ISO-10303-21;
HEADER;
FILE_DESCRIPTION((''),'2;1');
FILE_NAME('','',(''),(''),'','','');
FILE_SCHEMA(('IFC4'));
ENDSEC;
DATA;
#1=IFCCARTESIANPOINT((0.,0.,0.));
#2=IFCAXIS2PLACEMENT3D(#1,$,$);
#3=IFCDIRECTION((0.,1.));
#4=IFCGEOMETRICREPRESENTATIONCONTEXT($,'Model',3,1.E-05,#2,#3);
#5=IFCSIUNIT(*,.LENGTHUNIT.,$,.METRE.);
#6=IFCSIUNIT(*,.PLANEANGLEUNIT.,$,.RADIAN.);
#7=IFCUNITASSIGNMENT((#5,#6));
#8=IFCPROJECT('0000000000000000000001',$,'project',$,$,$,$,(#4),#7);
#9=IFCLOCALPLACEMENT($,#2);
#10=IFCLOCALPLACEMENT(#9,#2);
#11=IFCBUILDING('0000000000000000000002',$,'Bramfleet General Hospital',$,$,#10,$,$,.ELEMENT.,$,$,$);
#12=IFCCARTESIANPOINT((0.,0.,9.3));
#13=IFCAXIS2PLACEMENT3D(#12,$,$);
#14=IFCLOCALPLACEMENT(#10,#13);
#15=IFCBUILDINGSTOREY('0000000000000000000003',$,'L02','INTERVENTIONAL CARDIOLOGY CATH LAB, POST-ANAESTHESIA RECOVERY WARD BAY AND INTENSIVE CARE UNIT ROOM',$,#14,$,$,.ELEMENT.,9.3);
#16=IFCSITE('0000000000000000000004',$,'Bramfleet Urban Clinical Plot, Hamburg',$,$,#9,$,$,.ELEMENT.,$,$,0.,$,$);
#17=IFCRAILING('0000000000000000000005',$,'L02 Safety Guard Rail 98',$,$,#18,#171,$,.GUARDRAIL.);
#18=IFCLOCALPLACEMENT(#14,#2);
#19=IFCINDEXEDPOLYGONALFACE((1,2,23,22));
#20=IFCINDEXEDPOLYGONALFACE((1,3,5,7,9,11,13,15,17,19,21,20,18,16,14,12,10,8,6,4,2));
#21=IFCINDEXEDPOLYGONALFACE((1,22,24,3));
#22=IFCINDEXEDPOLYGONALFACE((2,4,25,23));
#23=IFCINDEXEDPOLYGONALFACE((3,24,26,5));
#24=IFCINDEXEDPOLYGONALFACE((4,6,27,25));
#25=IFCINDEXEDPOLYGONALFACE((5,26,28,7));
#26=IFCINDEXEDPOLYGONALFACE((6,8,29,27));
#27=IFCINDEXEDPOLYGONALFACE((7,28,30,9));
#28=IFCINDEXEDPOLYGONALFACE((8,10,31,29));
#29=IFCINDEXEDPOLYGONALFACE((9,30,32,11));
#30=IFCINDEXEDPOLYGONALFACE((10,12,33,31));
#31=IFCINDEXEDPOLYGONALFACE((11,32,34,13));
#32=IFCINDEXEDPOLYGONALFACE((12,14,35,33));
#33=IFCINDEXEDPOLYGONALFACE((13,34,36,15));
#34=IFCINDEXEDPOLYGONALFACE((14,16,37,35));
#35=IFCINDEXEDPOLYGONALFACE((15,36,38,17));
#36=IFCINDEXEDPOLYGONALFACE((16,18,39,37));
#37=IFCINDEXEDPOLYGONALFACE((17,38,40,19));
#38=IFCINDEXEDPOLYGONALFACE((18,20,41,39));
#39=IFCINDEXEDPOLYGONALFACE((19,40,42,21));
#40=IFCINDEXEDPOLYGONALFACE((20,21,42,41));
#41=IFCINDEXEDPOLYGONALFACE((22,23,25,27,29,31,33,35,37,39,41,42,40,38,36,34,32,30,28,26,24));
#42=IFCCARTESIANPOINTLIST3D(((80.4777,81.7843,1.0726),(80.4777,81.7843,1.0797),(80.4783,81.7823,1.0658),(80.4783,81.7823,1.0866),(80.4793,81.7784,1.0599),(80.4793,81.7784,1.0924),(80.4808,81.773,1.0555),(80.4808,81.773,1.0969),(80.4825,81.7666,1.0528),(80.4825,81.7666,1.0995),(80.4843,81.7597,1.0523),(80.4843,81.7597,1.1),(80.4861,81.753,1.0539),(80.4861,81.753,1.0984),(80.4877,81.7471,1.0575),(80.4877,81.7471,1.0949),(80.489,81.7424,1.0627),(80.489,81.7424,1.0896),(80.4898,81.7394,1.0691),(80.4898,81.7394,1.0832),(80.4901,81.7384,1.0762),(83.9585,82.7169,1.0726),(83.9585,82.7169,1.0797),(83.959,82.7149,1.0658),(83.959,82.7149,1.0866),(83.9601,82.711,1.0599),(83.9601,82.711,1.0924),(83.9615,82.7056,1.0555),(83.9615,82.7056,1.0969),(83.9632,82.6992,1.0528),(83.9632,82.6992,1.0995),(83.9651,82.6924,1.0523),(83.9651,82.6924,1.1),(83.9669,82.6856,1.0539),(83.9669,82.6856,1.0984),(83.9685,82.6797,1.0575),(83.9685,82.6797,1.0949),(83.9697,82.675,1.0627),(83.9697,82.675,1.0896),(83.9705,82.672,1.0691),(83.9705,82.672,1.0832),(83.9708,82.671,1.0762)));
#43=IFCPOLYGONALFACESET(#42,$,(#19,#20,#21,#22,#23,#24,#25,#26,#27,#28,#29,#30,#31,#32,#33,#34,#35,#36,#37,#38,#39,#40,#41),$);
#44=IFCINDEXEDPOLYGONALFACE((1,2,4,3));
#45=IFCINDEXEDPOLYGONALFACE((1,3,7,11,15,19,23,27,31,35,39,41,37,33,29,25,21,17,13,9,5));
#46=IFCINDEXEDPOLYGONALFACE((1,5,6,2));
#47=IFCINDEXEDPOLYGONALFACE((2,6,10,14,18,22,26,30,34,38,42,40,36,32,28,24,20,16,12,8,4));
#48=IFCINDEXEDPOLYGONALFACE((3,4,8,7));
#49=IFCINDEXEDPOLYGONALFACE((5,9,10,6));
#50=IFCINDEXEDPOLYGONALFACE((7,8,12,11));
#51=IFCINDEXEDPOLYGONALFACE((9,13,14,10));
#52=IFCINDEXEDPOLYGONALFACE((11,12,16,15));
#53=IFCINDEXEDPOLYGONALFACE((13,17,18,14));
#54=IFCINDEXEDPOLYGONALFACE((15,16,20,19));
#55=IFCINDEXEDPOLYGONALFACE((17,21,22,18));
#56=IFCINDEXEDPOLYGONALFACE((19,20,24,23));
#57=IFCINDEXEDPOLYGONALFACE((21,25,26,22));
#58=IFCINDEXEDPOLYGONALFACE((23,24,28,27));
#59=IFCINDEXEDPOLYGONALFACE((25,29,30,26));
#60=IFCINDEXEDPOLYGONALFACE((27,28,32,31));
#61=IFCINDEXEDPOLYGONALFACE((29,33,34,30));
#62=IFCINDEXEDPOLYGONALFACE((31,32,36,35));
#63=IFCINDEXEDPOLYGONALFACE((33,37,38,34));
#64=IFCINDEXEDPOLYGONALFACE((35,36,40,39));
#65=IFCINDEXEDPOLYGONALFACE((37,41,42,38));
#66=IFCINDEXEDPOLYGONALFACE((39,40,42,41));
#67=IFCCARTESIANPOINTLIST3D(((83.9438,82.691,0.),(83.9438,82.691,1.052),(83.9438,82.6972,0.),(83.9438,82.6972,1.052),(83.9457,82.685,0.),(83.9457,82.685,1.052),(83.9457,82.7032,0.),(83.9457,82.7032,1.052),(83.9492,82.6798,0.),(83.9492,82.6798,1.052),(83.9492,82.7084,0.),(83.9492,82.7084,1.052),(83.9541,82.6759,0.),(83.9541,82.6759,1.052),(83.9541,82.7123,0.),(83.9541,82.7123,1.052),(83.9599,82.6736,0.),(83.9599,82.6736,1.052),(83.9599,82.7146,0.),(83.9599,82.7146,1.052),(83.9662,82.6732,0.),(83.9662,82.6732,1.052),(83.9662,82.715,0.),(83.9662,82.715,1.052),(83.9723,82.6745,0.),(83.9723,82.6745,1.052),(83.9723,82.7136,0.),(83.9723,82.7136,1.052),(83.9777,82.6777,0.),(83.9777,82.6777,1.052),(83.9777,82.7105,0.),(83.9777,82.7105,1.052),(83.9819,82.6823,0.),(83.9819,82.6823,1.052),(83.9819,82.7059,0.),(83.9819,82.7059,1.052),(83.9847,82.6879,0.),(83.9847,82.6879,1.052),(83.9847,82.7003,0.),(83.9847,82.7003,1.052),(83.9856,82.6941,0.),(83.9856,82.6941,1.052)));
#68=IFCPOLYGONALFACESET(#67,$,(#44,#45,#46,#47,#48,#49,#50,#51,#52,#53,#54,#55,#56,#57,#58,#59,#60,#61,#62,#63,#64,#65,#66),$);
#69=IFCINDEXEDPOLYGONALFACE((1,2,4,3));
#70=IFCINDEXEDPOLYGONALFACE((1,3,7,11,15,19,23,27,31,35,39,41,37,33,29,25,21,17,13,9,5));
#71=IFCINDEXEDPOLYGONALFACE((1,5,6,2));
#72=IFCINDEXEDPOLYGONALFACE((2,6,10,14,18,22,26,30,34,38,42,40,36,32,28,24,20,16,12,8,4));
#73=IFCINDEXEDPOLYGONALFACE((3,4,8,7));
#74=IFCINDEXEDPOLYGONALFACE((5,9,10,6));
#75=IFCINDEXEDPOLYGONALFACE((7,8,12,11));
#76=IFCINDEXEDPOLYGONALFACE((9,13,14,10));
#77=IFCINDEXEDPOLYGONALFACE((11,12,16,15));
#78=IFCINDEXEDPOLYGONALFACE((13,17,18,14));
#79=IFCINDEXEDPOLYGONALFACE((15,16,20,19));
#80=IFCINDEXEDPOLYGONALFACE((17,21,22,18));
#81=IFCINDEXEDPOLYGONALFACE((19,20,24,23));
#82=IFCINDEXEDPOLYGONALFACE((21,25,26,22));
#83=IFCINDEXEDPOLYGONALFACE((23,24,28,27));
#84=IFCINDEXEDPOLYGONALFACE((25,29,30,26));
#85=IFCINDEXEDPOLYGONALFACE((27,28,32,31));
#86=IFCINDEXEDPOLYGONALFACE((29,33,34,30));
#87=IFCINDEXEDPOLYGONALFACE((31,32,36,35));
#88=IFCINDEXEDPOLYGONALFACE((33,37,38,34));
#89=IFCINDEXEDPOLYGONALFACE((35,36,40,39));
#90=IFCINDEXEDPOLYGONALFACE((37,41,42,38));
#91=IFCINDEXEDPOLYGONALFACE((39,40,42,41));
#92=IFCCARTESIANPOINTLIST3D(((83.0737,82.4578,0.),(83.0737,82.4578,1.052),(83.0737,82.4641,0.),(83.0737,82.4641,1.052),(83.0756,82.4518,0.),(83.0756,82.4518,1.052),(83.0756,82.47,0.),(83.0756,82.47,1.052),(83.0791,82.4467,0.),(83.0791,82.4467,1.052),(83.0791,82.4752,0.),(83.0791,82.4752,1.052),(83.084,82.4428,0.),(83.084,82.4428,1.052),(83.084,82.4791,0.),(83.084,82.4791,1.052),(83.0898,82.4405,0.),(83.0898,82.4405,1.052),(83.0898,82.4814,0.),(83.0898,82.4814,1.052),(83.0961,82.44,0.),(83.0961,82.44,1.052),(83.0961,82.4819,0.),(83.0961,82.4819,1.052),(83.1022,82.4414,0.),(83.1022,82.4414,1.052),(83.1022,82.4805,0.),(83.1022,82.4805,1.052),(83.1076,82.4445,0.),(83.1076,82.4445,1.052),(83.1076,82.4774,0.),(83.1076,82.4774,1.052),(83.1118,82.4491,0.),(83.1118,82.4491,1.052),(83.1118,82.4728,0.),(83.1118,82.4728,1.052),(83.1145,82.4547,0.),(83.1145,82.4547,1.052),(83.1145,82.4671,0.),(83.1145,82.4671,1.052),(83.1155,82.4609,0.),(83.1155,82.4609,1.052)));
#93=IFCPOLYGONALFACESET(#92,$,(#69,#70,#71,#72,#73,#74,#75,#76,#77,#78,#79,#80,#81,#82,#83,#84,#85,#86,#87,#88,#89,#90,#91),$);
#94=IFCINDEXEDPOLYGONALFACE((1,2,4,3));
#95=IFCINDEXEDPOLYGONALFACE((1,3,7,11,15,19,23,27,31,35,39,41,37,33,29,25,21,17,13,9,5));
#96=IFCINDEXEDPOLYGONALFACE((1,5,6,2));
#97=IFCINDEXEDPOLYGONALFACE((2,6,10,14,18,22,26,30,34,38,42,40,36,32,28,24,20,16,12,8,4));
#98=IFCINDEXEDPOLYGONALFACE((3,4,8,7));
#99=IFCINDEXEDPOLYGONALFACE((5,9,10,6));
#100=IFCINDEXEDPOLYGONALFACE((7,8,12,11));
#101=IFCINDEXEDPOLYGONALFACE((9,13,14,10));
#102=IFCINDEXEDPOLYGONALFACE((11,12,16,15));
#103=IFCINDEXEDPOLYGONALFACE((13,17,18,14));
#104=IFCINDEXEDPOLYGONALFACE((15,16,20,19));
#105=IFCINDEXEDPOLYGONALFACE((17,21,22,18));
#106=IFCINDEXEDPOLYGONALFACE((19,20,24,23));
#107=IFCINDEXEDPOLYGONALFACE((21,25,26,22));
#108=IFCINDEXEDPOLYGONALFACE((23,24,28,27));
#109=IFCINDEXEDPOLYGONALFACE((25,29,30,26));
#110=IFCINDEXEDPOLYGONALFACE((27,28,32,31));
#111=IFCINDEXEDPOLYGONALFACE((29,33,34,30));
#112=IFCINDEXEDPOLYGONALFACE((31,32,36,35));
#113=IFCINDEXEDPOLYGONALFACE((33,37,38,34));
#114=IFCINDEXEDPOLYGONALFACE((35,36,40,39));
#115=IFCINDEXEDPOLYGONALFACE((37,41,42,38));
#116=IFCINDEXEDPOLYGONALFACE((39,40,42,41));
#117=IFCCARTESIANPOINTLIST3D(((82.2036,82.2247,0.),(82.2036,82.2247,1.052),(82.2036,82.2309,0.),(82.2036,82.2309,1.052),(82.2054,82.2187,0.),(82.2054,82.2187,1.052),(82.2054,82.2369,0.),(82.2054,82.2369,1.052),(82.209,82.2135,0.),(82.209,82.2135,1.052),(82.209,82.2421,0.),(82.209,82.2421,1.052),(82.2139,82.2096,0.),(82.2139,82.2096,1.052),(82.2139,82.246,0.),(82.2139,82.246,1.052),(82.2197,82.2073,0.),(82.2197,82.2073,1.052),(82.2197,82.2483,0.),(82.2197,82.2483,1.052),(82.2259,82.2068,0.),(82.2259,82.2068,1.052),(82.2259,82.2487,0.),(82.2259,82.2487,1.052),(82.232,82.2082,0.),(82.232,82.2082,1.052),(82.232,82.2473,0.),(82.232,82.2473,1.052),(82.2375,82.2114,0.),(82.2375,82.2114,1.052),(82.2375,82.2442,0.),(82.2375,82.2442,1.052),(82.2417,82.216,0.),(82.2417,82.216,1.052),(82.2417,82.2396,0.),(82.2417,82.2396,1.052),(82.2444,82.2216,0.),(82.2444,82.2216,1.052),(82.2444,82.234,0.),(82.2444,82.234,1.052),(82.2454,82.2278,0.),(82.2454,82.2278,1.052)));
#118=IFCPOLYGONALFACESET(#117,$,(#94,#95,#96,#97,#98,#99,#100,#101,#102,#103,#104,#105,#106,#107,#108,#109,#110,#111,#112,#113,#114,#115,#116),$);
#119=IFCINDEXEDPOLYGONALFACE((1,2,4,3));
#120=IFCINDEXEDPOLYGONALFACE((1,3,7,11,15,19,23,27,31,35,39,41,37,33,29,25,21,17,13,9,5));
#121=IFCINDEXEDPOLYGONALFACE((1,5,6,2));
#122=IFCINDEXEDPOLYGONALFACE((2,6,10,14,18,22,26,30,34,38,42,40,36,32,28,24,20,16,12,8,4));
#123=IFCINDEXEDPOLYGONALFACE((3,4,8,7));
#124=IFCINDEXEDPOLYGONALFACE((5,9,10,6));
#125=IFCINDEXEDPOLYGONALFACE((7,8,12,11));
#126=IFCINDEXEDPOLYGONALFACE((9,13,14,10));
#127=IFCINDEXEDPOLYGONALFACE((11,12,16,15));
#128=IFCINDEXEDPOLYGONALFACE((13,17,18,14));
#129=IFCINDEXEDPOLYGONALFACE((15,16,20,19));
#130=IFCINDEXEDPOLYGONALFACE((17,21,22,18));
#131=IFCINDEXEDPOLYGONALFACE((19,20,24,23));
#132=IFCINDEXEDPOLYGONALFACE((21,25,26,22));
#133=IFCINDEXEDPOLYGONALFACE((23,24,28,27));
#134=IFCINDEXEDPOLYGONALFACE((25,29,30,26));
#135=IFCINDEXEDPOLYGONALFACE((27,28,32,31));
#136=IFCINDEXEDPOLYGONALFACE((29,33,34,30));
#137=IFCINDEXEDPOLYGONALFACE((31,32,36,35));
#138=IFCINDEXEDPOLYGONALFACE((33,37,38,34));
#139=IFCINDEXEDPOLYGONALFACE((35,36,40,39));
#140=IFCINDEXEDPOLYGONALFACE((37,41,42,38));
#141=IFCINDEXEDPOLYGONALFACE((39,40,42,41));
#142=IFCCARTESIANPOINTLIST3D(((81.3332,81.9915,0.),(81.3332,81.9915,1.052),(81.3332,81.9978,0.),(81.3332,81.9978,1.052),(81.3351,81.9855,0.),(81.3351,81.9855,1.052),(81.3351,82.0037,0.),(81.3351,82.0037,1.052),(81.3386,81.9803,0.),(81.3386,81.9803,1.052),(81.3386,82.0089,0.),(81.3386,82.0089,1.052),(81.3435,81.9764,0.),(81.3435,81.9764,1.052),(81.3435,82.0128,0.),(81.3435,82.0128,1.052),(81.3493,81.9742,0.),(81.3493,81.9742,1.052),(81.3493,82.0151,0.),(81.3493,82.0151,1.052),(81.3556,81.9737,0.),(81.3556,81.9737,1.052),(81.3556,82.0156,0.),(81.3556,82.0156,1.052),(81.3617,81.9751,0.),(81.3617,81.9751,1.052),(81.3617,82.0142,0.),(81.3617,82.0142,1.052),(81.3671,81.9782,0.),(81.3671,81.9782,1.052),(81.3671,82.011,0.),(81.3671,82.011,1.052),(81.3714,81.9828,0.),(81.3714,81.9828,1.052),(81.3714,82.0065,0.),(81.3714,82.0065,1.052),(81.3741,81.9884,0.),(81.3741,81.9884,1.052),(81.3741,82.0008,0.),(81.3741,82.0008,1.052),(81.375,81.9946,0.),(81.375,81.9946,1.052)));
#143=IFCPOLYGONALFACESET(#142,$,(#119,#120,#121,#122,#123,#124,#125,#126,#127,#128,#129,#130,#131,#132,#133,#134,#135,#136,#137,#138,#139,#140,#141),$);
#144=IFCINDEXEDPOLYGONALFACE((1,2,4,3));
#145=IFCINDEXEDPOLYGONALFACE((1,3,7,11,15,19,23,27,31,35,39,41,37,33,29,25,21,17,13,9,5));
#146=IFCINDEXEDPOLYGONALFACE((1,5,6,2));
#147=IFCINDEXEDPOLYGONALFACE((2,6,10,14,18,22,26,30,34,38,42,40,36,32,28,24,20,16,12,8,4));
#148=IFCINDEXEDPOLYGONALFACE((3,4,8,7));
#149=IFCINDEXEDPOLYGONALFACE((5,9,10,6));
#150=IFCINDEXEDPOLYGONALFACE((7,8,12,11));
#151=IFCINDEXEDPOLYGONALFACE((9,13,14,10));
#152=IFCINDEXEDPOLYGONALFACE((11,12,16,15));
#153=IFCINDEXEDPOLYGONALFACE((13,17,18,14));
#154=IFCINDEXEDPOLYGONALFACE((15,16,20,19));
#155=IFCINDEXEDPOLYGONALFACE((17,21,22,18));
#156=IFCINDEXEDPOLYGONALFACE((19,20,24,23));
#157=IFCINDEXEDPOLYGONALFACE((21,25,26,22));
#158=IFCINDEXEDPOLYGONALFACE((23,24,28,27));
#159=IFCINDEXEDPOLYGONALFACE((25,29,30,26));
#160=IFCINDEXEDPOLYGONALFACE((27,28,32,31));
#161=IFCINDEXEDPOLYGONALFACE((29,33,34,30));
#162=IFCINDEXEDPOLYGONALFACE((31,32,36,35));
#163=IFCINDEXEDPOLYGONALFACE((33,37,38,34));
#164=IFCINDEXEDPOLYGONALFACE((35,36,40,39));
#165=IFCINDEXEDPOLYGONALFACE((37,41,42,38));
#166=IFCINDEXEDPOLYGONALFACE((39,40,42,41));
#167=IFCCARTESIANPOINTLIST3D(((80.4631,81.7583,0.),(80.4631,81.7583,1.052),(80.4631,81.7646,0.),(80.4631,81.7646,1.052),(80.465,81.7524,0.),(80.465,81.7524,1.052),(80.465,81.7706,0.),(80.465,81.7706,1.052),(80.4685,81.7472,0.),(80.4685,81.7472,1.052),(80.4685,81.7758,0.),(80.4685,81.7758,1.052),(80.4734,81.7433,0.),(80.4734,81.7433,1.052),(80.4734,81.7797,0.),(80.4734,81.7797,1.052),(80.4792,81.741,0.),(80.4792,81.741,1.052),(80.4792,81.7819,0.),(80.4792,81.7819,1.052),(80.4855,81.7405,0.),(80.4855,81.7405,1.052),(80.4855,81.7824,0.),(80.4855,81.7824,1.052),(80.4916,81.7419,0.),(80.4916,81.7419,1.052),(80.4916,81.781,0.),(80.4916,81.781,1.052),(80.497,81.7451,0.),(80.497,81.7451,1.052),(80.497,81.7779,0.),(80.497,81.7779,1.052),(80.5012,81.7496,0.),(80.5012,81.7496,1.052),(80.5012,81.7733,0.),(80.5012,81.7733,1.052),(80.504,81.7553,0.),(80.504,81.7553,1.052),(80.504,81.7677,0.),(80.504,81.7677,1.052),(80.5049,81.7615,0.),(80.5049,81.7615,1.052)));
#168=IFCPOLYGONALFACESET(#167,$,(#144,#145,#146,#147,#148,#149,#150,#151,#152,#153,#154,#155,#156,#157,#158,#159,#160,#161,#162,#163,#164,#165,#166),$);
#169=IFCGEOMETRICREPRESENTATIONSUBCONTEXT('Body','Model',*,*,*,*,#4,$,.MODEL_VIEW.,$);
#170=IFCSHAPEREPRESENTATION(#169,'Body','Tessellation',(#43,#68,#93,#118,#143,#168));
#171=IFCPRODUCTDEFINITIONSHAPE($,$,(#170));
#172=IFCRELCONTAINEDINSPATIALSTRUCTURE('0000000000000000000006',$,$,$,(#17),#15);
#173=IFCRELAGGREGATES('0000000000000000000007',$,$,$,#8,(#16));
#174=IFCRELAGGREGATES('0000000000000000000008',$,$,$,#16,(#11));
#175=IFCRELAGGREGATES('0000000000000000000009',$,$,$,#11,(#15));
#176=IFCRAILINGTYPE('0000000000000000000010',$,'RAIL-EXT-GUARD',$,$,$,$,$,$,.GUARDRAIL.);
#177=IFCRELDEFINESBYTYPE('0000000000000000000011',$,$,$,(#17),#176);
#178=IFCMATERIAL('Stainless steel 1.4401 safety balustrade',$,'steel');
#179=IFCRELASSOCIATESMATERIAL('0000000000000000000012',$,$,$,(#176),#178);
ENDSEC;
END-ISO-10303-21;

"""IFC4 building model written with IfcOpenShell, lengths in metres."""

from ifc_helpers import new_model, si_unit, direction, frame, origin, origin_2d, place, context, subcontext, project, spatial, circle, extrude, material, type_object, element, save


model = new_model("IFC4")

# Units and contexts
model_context = context("Model", 3, precision=1e-05, world=origin(), true_north=direction((0.0, 1.0)))
body_context = subcontext(model_context, "Body", "Model", "MODEL_VIEW")
ifc_project = project(units=[si_unit("LENGTHUNIT", "METRE"), si_unit("PLANEANGLEUNIT", "RADIAN")], contexts=[model_context])

# Site, building, storey
site_placement = place(None, origin())
site = spatial("IfcSite", under=ifc_project, at=site_placement, Name="Bramfleet Urban Clinical Plot, Hamburg", CompositionType="ELEMENT", RefElevation=0.0)
building_placement = place(site_placement, origin())
building = spatial("IfcBuilding", under=site, at=building_placement, Name="Bramfleet General Hospital", CompositionType="ELEMENT")
storey_placement = place(building_placement, frame((0.0, 0.0, 9.3)))
storey = spatial("IfcBuildingStorey", under=building, at=storey_placement, Name="L02", Description="INTERVENTIONAL CARDIOLOGY CATH LAB, POST-ANAESTHESIA RECOVERY WARD BAY AND INTENSIVE CARE UNIT ROOM", CompositionType="ELEMENT", Elevation=9.3)

# Railing
ifc_material_1 = material(Name="Stainless steel 1.4401 safety balustrade", Category="steel")
railing_type = type_object("IfcRailingType", Name="RAIL-EXT-GUARD", PredefinedType="GUARDRAIL", material=ifc_material_1)
railing_1_placement = place(storey_placement, frame((83.9646, 82.6941, 0.0)))
element("IfcRailing", 1, at=railing_1_placement, inside=storey, type_object=railing_type, Name="L02 Safety Guard Rail 98", PredefinedType="GUARDRAIL", context=body_context, shape_type="SweptSolid", body=[
    extrude(circle(Radius=0.0239, at=origin_2d()), frame((0.0, 0.0, 1.0762), z_axis=(-0.965928, -0.258809, 0.0), x_axis=(0.258809, -0.965928, 0.0)), (0.0, 0.0, 1.0), 3.6035),
    extrude(circle(Radius=0.021, at=origin_2d()), origin(), (0.0, 0.0, 1.0), 1.052),
    extrude(circle(Radius=0.021, at=origin_2d()), frame((-0.8701, -0.2332, 0.0)), (0.0, 0.0, 1.0), 1.052),
    extrude(circle(Radius=0.021, at=origin_2d()), frame((-1.7402, -0.4663, 0.0)), (0.0, 0.0, 1.0), 1.052),
    extrude(circle(Radius=0.021, at=origin_2d()), frame((-2.6106, -0.6995, 0.0)), (0.0, 0.0, 1.0), 1.052),
    extrude(circle(Radius=0.021, at=origin_2d()), frame((-3.4807, -0.9326, 0.0)), (0.0, 0.0, 1.0), 1.052),
])

save(model, "model.ifc")
